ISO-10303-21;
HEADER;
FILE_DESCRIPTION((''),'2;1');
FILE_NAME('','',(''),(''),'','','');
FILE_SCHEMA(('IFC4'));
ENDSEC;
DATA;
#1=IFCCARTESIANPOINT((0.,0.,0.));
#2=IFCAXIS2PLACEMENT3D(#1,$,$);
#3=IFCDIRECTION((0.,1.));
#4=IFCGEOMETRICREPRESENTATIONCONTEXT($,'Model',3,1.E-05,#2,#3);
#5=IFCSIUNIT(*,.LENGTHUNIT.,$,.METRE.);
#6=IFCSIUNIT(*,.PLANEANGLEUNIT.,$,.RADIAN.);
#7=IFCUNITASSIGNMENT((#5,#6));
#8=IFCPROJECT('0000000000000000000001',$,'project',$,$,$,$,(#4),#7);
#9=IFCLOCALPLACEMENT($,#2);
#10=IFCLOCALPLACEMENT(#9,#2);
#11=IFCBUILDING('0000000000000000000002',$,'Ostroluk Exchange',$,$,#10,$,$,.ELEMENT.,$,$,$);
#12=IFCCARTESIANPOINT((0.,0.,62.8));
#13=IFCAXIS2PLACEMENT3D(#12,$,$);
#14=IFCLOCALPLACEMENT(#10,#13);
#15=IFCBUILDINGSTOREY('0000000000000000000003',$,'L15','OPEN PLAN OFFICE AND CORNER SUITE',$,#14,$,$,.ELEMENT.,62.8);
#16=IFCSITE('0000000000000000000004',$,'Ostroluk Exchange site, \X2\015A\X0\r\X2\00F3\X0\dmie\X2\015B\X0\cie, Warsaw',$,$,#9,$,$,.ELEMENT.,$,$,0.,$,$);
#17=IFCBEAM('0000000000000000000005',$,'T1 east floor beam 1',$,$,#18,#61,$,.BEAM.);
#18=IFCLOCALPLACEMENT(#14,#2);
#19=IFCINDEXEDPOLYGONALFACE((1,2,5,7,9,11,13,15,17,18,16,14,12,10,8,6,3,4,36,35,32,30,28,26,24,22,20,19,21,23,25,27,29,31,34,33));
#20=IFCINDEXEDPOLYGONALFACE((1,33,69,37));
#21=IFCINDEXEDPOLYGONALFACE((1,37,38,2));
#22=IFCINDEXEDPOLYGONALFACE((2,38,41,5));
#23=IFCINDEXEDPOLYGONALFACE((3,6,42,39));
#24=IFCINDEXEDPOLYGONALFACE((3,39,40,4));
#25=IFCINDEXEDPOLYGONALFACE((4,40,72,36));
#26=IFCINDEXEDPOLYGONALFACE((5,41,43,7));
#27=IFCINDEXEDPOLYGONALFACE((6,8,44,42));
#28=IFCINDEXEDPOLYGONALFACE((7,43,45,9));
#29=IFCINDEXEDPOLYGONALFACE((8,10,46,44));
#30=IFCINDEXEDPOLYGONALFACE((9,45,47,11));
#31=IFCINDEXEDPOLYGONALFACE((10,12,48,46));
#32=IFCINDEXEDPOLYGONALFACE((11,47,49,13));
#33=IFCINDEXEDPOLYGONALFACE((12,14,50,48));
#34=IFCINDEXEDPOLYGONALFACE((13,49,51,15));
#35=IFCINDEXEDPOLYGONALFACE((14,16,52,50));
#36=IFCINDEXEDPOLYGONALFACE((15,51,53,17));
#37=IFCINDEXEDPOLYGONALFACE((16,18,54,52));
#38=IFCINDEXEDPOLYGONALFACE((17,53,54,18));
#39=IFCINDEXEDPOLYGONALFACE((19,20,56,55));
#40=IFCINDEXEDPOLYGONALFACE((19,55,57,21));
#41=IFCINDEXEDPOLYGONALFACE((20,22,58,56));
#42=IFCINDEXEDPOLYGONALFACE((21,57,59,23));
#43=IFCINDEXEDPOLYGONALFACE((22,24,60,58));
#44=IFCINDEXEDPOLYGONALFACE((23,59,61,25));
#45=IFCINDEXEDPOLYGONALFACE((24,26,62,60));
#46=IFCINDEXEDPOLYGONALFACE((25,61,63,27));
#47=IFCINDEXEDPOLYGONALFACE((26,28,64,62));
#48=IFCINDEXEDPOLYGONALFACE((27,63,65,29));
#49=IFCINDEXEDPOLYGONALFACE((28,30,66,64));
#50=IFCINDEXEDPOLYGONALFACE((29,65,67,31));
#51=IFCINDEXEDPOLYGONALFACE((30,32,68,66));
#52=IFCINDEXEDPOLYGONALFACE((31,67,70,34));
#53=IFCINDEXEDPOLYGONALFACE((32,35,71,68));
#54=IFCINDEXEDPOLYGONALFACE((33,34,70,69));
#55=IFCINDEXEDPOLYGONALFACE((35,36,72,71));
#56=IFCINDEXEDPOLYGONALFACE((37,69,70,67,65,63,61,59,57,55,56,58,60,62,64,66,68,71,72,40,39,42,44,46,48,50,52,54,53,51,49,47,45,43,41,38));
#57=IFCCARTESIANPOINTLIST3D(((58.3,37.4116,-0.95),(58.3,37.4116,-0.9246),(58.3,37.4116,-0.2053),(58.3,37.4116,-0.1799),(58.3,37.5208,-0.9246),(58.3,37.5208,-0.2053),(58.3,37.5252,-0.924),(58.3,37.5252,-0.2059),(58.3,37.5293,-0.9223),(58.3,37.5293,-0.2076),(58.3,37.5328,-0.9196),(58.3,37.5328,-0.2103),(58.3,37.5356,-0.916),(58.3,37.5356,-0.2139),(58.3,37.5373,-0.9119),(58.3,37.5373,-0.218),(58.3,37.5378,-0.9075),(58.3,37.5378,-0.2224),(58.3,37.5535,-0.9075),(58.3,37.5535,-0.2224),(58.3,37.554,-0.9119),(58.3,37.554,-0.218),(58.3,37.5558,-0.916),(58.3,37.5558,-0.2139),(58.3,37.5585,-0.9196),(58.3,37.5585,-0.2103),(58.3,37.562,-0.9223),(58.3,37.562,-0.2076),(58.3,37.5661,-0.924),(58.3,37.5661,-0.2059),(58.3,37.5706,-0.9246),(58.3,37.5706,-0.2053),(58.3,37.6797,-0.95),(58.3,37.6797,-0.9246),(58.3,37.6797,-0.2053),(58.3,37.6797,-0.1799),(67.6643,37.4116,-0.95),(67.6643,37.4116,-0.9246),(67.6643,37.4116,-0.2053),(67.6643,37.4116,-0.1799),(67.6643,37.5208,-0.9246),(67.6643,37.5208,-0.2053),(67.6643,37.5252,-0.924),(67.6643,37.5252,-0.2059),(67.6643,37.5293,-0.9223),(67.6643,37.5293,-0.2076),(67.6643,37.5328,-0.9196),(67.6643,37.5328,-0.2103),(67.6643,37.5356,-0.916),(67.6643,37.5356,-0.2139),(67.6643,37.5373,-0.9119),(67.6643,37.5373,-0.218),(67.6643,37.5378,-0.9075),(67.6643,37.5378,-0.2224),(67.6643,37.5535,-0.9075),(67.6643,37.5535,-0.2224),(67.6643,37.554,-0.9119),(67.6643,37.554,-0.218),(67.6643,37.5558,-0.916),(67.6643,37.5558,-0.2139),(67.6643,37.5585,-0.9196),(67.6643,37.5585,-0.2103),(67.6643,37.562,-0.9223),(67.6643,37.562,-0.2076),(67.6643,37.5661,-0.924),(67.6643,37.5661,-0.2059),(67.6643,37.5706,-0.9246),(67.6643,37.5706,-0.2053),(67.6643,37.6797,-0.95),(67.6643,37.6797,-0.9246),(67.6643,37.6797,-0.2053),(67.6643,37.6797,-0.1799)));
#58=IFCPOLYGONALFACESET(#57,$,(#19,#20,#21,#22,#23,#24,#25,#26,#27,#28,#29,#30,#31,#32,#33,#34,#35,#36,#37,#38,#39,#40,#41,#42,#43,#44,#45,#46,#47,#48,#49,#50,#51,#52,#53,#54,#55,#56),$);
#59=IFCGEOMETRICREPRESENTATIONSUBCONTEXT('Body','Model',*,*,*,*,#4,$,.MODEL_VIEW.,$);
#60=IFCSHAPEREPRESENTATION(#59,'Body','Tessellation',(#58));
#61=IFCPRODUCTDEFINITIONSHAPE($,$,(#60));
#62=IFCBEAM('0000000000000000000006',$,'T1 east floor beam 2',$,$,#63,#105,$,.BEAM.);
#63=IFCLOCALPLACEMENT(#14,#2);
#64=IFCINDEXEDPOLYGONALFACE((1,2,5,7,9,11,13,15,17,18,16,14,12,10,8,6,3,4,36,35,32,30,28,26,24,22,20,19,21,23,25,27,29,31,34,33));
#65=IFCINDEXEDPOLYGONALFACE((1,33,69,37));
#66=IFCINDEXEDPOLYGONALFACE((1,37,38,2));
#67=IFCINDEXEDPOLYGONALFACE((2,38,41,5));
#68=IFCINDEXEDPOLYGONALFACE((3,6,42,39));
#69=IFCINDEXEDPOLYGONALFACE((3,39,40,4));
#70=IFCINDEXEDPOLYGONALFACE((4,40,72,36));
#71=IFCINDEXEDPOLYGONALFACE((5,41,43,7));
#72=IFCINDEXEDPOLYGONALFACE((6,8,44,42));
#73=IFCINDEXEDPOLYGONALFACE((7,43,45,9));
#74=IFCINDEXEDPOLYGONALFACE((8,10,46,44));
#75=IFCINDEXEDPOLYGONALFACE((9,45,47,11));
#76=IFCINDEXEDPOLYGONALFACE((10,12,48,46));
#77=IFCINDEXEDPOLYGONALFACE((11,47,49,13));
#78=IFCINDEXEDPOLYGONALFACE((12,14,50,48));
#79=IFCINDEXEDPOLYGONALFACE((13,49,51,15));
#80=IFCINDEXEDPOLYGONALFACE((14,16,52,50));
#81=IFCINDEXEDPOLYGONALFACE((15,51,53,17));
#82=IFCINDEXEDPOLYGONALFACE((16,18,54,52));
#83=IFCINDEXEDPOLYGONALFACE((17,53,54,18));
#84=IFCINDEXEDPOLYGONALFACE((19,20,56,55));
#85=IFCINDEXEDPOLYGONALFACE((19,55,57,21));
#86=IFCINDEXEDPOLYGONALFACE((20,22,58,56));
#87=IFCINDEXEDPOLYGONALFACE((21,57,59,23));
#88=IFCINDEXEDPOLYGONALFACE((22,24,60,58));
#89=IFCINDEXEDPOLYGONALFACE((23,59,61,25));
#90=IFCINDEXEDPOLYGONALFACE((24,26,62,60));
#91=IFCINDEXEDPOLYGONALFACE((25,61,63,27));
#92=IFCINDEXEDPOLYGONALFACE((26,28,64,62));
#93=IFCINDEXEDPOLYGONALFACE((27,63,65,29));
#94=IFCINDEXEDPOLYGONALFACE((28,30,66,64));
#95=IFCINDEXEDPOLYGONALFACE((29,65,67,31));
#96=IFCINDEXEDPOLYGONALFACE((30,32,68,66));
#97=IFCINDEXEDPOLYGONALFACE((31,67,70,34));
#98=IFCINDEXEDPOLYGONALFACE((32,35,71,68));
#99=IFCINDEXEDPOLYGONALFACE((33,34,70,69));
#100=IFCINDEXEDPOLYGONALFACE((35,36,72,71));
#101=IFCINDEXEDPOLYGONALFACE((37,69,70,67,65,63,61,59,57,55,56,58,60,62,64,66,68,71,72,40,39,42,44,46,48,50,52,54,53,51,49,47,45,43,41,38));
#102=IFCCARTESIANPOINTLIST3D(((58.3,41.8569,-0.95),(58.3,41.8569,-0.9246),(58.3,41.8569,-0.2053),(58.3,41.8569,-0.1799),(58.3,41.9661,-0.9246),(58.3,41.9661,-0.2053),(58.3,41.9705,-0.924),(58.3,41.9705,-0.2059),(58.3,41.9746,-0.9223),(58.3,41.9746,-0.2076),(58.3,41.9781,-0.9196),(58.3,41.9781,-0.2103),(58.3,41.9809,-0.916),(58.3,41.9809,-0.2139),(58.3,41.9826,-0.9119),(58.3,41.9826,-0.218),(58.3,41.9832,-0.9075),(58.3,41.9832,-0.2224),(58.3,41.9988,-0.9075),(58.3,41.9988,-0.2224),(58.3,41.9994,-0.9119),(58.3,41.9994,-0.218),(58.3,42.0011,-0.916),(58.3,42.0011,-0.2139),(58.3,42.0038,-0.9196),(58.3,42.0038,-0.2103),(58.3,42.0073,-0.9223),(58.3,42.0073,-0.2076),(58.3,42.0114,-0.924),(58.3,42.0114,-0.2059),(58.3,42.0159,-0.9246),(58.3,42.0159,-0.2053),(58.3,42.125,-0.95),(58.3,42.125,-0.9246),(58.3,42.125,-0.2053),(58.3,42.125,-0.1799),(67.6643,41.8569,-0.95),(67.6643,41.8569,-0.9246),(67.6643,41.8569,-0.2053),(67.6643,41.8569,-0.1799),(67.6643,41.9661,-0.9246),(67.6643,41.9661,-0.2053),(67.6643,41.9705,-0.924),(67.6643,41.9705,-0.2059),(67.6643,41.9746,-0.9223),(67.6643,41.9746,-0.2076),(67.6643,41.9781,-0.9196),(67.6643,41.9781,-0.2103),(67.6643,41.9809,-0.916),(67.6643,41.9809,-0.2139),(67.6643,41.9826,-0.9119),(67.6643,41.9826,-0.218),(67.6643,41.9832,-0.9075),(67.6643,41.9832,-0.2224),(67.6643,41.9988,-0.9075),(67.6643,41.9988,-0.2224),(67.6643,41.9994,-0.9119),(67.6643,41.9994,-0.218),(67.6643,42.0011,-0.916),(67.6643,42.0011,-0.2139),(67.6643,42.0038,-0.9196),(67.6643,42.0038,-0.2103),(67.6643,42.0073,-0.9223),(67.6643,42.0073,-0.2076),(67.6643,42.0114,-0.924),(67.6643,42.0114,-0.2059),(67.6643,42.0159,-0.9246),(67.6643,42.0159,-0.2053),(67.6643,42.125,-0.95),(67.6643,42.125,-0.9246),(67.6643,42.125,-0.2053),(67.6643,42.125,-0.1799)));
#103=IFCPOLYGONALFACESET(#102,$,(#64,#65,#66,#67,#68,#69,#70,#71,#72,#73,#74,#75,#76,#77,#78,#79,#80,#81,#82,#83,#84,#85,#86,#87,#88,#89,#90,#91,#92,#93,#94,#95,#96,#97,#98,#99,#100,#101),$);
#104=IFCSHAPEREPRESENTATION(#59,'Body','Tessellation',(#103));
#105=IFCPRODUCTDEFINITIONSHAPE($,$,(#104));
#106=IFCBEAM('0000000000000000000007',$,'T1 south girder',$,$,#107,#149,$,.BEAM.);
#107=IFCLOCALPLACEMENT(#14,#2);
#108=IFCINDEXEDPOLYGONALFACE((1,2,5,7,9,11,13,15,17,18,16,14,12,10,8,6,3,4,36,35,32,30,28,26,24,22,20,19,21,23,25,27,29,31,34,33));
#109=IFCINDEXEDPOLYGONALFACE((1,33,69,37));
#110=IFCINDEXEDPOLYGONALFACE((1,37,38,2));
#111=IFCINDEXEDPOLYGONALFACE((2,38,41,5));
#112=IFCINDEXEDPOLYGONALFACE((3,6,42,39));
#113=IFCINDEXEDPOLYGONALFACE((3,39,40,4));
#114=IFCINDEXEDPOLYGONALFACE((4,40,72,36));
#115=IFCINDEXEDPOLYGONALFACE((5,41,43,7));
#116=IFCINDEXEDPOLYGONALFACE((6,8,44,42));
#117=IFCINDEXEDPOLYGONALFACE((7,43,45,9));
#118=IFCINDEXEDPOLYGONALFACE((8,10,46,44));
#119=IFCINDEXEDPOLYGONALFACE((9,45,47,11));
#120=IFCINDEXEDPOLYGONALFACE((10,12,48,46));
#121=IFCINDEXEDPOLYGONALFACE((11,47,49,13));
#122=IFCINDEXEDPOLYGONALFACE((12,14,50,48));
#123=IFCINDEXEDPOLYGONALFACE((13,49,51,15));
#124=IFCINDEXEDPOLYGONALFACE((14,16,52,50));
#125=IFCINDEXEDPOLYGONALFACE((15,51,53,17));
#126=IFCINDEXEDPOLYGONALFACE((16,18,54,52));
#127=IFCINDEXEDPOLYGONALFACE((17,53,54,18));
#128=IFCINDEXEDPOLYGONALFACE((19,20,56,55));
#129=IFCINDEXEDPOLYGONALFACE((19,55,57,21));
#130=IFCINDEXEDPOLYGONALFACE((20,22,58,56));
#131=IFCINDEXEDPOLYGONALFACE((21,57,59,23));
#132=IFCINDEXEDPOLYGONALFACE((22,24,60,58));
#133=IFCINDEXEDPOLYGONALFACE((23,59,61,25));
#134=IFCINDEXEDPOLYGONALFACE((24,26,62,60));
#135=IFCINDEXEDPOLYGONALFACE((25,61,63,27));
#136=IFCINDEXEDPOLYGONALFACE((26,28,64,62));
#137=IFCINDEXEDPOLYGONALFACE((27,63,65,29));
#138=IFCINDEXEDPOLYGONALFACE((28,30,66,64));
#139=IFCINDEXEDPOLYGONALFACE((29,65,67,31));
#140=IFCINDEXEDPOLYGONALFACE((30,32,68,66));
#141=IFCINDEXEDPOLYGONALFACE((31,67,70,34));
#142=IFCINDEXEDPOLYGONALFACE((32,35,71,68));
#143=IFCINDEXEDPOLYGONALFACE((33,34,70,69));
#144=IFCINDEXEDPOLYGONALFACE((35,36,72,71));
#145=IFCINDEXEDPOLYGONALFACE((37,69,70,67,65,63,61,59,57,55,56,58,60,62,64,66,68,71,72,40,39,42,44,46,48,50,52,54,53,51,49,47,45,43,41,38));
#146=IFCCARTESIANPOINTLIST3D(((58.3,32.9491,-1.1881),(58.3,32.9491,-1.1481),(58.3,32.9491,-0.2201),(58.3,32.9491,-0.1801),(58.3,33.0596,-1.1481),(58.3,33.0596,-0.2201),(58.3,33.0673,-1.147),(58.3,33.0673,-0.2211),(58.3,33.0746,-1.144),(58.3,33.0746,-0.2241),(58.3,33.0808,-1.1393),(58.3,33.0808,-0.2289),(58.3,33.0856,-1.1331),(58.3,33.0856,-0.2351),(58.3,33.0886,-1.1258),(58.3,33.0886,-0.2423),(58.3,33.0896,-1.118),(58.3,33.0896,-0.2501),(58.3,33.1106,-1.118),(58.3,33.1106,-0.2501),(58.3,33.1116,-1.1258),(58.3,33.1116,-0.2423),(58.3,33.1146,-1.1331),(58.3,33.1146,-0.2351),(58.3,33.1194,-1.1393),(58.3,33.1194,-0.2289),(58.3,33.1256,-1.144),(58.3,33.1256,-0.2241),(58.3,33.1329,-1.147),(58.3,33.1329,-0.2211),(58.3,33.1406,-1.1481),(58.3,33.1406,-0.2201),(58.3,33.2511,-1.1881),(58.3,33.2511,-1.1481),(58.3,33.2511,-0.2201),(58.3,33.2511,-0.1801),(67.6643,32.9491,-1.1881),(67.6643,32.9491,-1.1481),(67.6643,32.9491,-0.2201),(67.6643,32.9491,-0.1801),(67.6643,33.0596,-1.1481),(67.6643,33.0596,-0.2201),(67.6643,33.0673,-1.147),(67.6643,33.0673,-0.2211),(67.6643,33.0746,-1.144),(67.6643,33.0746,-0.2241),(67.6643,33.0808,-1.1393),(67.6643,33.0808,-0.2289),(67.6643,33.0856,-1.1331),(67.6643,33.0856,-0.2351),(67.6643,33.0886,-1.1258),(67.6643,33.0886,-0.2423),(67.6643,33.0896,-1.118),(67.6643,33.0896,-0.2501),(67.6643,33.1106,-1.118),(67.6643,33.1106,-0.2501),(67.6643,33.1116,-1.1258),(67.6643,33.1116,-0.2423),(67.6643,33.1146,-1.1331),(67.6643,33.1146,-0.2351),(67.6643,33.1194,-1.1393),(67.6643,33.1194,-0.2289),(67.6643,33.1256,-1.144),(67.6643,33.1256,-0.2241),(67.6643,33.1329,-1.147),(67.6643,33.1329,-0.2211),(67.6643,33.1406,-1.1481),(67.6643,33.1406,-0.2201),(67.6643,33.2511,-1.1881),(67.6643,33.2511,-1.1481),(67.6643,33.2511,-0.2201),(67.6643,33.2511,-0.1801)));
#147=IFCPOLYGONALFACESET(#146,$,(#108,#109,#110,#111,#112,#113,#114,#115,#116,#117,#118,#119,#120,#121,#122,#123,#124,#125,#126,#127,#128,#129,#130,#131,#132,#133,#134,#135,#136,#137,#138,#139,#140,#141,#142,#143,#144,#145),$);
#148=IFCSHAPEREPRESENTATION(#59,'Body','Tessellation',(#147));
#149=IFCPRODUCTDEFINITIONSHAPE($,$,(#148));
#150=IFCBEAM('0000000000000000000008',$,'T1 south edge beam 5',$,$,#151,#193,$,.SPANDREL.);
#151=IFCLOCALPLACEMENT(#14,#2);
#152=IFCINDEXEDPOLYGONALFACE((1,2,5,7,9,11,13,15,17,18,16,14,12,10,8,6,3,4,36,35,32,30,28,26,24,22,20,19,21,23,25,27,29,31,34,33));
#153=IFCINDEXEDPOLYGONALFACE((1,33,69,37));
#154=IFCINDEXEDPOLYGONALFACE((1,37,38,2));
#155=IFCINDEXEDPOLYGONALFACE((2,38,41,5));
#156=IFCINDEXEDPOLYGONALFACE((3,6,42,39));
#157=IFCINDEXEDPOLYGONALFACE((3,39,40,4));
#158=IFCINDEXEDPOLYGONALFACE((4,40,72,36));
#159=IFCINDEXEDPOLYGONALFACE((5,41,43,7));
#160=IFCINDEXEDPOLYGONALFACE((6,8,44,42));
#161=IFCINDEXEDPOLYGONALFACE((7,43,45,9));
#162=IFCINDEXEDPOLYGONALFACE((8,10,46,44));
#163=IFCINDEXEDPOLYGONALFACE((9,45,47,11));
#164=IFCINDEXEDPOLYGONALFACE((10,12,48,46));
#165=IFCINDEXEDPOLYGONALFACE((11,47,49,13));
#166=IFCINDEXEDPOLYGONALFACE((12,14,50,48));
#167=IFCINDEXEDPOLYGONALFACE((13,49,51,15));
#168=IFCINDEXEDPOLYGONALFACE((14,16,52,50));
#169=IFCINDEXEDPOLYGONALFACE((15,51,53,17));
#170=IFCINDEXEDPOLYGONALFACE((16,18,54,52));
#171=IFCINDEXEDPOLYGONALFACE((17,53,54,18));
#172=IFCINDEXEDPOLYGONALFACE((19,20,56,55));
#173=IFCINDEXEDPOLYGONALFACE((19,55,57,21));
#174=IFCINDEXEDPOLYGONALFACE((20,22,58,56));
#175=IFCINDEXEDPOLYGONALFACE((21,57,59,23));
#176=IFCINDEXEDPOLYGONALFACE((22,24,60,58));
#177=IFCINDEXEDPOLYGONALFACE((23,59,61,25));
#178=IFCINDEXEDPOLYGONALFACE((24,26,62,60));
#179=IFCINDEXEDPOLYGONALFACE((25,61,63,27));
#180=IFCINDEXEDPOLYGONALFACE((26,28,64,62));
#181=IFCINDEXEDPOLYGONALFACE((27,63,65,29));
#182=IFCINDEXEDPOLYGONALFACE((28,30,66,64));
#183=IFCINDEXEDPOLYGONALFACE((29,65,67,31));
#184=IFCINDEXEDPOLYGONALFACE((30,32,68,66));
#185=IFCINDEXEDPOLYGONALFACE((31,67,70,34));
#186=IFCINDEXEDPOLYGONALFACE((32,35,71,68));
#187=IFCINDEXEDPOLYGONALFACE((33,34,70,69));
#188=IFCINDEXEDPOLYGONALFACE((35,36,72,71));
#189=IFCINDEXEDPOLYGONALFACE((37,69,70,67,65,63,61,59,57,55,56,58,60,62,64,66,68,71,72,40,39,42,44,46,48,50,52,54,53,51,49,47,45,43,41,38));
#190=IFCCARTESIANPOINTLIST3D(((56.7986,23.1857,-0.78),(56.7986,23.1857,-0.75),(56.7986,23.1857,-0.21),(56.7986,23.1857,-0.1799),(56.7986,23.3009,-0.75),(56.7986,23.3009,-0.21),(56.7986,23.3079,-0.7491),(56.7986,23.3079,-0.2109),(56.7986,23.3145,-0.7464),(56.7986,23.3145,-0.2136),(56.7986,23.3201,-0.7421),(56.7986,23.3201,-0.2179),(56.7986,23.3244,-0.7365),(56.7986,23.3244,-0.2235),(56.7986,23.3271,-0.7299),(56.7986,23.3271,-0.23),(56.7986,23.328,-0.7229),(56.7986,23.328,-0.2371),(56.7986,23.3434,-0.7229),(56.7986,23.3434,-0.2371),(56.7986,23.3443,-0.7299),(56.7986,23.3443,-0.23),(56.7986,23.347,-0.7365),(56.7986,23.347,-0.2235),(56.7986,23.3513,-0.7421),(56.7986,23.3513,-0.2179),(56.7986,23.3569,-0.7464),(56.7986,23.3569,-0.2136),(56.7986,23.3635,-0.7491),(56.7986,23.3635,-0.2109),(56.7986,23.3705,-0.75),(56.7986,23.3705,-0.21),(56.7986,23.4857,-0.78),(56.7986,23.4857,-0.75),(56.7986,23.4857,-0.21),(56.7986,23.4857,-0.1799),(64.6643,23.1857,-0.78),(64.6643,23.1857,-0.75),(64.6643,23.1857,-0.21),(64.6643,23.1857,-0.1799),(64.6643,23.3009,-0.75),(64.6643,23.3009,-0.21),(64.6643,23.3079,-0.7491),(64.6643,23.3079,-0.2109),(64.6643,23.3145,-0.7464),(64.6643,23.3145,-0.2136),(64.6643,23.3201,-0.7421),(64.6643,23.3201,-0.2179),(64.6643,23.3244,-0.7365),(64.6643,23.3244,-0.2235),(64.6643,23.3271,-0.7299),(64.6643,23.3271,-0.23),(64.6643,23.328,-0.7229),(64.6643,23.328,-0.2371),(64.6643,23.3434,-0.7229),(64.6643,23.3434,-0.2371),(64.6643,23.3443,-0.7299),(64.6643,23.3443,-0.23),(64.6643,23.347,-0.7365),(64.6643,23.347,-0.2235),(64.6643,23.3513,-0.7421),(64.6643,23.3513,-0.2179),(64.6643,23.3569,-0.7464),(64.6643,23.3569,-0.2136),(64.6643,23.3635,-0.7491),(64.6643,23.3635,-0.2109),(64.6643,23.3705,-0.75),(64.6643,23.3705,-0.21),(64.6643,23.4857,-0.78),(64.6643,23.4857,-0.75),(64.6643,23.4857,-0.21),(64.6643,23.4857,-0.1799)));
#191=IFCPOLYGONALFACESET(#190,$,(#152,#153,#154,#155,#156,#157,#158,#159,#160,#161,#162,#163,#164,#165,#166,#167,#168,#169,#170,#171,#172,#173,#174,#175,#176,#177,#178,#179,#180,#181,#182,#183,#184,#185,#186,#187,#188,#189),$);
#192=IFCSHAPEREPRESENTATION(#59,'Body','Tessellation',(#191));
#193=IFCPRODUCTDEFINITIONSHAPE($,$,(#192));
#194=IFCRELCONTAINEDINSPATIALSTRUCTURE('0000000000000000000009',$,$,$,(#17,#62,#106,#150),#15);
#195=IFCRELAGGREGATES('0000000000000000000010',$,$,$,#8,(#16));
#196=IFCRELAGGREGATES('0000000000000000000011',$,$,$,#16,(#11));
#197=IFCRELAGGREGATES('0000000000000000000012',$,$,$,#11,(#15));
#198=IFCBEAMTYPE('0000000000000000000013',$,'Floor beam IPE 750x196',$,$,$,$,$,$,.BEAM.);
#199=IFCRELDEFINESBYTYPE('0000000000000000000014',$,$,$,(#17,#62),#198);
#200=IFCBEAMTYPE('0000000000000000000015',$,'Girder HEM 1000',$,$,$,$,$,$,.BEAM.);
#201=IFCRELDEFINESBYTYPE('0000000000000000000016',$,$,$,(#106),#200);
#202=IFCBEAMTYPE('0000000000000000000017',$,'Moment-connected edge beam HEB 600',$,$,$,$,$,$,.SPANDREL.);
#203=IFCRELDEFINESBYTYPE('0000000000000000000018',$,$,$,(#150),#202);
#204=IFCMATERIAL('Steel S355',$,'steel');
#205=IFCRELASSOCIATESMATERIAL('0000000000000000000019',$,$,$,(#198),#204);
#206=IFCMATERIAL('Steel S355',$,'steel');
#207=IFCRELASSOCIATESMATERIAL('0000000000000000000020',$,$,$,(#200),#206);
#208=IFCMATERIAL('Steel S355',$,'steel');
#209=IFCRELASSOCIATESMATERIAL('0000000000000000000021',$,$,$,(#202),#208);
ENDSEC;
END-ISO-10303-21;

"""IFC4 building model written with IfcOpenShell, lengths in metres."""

from ifc_helpers import new_model, si_unit, direction, frame, origin, origin_2d, place, context, subcontext, project, spatial, i_section, extrude, material, material_profile, profile_set, type_object, element, save


model = new_model("IFC4")

# Units and contexts
model_context = context("Model", 3, precision=1e-05, world=origin(), true_north=direction((0.0, 1.0)))
body_context = subcontext(model_context, "Body", "Model", "MODEL_VIEW")
ifc_project = project(units=[si_unit("LENGTHUNIT", "METRE"), si_unit("PLANEANGLEUNIT", "RADIAN")], contexts=[model_context])

# Site, building, storey
site_placement = place(None, origin())
site = spatial("IfcSite", under=ifc_project, at=site_placement, Name="Ostroluk Exchange site, Śródmieście, Warsaw", CompositionType="ELEMENT", RefElevation=0.0)
building_placement = place(site_placement, origin())
building = spatial("IfcBuilding", under=site, at=building_placement, Name="Ostroluk Exchange", CompositionType="ELEMENT")
storey_placement = place(building_placement, frame((0.0, 0.0, 62.8)))
storey = spatial("IfcBuildingStorey", under=building, at=storey_placement, Name="L15", Description="OPEN PLAN OFFICE AND CORNER SUITE", CompositionType="ELEMENT", Elevation=62.8)

# Beams
ifc_material_1 = material(Name="Steel S355", Category="steel")
ifc_material_profile_1 = material_profile(ifc_material_1, i_section(OverallWidth=0.2681, OverallDepth=0.77, WebThickness=0.0156, FlangeThickness=0.0254, FilletRadius=0.0171, at=origin_2d()), Name="IPE 750x196")
ifc_profile_set_1 = profile_set([ifc_material_profile_1], Name="Steel S355")
beam_type_1 = type_object("IfcBeamType", Name="Floor beam IPE 750x196", PredefinedType="BEAM", material=ifc_profile_set_1)
for number, where, z_axis, x_axis, name in (
    (1, (58.3, 37.5457, -0.5649), (1.0, 0.0, 0.0), (0.0, 1.0, 0.0), "T1 east floor beam 1"),
    (2, (58.3, 41.991, -0.5649), (1.0, 0.0, 0.0), (0.0, 1.0, 0.0), "T1 east floor beam 2"),
):
    element("IfcBeam", number, at=place(storey_placement, frame(where, z_axis=z_axis, x_axis=x_axis)), inside=storey, type_object=beam_type_1, Name=name, PredefinedType="BEAM", context=body_context, shape_type="SweptSolid", body=[
        extrude(i_section(OverallWidth=0.2681, OverallDepth=0.77, WebThickness=0.0156, FlangeThickness=0.0254, FilletRadius=0.0171, at=origin_2d()), origin(), (0.0, 0.0, 1.0), 9.3643),
    ])
ifc_material_2 = material(Name="Steel S355", Category="steel")
ifc_material_profile_2 = material_profile(ifc_material_2, i_section(OverallWidth=0.302, OverallDepth=1.0081, WebThickness=0.021, FlangeThickness=0.04, FilletRadius=0.03, at=origin_2d()), Name="HEM 1000")
ifc_profile_set_2 = profile_set([ifc_material_profile_2], Name="Steel S355")
beam_type_2 = type_object("IfcBeamType", Name="Girder HEM 1000", PredefinedType="BEAM", material=ifc_profile_set_2)
beam_1_placement = place(storey_placement, frame((58.3, 33.1001, -0.6841), z_axis=(1.0, 0.0, 0.0), x_axis=(0.0, 1.0, 0.0)))
element("IfcBeam", 3, at=beam_1_placement, inside=storey, type_object=beam_type_2, Name="T1 south girder", PredefinedType="BEAM", context=body_context, shape_type="SweptSolid", body=[
    extrude(i_section(OverallWidth=0.302, OverallDepth=1.0081, WebThickness=0.021, FlangeThickness=0.04, FilletRadius=0.03, at=origin_2d()), origin(), (0.0, 0.0, 1.0), 9.3643),
])
ifc_material_3 = material(Name="Steel S355", Category="steel")
ifc_material_profile_3 = material_profile(ifc_material_3, i_section(OverallWidth=0.3, OverallDepth=0.6001, WebThickness=0.0154, FlangeThickness=0.03, FilletRadius=0.0271, at=origin_2d()), Name="HEB 600")
ifc_profile_set_3 = profile_set([ifc_material_profile_3], Name="Steel S355")
beam_type_3 = type_object("IfcBeamType", Name="Moment-connected edge beam HEB 600", PredefinedType="SPANDREL", material=ifc_profile_set_3)
beam_2_placement = place(storey_placement, frame((56.7986, 23.3357, -0.48), z_axis=(1.0, 0.0, 0.0), x_axis=(0.0, 1.0, 0.0)))
element("IfcBeam", 4, at=beam_2_placement, inside=storey, type_object=beam_type_3, Name="T1 south edge beam 5", PredefinedType="SPANDREL", context=body_context, shape_type="SweptSolid", body=[
    extrude(i_section(OverallWidth=0.3, OverallDepth=0.6001, WebThickness=0.0154, FlangeThickness=0.03, FilletRadius=0.0271, at=origin_2d()), origin(), (0.0, 0.0, 1.0), 7.8657),
])

save(model, "model.ifc")
